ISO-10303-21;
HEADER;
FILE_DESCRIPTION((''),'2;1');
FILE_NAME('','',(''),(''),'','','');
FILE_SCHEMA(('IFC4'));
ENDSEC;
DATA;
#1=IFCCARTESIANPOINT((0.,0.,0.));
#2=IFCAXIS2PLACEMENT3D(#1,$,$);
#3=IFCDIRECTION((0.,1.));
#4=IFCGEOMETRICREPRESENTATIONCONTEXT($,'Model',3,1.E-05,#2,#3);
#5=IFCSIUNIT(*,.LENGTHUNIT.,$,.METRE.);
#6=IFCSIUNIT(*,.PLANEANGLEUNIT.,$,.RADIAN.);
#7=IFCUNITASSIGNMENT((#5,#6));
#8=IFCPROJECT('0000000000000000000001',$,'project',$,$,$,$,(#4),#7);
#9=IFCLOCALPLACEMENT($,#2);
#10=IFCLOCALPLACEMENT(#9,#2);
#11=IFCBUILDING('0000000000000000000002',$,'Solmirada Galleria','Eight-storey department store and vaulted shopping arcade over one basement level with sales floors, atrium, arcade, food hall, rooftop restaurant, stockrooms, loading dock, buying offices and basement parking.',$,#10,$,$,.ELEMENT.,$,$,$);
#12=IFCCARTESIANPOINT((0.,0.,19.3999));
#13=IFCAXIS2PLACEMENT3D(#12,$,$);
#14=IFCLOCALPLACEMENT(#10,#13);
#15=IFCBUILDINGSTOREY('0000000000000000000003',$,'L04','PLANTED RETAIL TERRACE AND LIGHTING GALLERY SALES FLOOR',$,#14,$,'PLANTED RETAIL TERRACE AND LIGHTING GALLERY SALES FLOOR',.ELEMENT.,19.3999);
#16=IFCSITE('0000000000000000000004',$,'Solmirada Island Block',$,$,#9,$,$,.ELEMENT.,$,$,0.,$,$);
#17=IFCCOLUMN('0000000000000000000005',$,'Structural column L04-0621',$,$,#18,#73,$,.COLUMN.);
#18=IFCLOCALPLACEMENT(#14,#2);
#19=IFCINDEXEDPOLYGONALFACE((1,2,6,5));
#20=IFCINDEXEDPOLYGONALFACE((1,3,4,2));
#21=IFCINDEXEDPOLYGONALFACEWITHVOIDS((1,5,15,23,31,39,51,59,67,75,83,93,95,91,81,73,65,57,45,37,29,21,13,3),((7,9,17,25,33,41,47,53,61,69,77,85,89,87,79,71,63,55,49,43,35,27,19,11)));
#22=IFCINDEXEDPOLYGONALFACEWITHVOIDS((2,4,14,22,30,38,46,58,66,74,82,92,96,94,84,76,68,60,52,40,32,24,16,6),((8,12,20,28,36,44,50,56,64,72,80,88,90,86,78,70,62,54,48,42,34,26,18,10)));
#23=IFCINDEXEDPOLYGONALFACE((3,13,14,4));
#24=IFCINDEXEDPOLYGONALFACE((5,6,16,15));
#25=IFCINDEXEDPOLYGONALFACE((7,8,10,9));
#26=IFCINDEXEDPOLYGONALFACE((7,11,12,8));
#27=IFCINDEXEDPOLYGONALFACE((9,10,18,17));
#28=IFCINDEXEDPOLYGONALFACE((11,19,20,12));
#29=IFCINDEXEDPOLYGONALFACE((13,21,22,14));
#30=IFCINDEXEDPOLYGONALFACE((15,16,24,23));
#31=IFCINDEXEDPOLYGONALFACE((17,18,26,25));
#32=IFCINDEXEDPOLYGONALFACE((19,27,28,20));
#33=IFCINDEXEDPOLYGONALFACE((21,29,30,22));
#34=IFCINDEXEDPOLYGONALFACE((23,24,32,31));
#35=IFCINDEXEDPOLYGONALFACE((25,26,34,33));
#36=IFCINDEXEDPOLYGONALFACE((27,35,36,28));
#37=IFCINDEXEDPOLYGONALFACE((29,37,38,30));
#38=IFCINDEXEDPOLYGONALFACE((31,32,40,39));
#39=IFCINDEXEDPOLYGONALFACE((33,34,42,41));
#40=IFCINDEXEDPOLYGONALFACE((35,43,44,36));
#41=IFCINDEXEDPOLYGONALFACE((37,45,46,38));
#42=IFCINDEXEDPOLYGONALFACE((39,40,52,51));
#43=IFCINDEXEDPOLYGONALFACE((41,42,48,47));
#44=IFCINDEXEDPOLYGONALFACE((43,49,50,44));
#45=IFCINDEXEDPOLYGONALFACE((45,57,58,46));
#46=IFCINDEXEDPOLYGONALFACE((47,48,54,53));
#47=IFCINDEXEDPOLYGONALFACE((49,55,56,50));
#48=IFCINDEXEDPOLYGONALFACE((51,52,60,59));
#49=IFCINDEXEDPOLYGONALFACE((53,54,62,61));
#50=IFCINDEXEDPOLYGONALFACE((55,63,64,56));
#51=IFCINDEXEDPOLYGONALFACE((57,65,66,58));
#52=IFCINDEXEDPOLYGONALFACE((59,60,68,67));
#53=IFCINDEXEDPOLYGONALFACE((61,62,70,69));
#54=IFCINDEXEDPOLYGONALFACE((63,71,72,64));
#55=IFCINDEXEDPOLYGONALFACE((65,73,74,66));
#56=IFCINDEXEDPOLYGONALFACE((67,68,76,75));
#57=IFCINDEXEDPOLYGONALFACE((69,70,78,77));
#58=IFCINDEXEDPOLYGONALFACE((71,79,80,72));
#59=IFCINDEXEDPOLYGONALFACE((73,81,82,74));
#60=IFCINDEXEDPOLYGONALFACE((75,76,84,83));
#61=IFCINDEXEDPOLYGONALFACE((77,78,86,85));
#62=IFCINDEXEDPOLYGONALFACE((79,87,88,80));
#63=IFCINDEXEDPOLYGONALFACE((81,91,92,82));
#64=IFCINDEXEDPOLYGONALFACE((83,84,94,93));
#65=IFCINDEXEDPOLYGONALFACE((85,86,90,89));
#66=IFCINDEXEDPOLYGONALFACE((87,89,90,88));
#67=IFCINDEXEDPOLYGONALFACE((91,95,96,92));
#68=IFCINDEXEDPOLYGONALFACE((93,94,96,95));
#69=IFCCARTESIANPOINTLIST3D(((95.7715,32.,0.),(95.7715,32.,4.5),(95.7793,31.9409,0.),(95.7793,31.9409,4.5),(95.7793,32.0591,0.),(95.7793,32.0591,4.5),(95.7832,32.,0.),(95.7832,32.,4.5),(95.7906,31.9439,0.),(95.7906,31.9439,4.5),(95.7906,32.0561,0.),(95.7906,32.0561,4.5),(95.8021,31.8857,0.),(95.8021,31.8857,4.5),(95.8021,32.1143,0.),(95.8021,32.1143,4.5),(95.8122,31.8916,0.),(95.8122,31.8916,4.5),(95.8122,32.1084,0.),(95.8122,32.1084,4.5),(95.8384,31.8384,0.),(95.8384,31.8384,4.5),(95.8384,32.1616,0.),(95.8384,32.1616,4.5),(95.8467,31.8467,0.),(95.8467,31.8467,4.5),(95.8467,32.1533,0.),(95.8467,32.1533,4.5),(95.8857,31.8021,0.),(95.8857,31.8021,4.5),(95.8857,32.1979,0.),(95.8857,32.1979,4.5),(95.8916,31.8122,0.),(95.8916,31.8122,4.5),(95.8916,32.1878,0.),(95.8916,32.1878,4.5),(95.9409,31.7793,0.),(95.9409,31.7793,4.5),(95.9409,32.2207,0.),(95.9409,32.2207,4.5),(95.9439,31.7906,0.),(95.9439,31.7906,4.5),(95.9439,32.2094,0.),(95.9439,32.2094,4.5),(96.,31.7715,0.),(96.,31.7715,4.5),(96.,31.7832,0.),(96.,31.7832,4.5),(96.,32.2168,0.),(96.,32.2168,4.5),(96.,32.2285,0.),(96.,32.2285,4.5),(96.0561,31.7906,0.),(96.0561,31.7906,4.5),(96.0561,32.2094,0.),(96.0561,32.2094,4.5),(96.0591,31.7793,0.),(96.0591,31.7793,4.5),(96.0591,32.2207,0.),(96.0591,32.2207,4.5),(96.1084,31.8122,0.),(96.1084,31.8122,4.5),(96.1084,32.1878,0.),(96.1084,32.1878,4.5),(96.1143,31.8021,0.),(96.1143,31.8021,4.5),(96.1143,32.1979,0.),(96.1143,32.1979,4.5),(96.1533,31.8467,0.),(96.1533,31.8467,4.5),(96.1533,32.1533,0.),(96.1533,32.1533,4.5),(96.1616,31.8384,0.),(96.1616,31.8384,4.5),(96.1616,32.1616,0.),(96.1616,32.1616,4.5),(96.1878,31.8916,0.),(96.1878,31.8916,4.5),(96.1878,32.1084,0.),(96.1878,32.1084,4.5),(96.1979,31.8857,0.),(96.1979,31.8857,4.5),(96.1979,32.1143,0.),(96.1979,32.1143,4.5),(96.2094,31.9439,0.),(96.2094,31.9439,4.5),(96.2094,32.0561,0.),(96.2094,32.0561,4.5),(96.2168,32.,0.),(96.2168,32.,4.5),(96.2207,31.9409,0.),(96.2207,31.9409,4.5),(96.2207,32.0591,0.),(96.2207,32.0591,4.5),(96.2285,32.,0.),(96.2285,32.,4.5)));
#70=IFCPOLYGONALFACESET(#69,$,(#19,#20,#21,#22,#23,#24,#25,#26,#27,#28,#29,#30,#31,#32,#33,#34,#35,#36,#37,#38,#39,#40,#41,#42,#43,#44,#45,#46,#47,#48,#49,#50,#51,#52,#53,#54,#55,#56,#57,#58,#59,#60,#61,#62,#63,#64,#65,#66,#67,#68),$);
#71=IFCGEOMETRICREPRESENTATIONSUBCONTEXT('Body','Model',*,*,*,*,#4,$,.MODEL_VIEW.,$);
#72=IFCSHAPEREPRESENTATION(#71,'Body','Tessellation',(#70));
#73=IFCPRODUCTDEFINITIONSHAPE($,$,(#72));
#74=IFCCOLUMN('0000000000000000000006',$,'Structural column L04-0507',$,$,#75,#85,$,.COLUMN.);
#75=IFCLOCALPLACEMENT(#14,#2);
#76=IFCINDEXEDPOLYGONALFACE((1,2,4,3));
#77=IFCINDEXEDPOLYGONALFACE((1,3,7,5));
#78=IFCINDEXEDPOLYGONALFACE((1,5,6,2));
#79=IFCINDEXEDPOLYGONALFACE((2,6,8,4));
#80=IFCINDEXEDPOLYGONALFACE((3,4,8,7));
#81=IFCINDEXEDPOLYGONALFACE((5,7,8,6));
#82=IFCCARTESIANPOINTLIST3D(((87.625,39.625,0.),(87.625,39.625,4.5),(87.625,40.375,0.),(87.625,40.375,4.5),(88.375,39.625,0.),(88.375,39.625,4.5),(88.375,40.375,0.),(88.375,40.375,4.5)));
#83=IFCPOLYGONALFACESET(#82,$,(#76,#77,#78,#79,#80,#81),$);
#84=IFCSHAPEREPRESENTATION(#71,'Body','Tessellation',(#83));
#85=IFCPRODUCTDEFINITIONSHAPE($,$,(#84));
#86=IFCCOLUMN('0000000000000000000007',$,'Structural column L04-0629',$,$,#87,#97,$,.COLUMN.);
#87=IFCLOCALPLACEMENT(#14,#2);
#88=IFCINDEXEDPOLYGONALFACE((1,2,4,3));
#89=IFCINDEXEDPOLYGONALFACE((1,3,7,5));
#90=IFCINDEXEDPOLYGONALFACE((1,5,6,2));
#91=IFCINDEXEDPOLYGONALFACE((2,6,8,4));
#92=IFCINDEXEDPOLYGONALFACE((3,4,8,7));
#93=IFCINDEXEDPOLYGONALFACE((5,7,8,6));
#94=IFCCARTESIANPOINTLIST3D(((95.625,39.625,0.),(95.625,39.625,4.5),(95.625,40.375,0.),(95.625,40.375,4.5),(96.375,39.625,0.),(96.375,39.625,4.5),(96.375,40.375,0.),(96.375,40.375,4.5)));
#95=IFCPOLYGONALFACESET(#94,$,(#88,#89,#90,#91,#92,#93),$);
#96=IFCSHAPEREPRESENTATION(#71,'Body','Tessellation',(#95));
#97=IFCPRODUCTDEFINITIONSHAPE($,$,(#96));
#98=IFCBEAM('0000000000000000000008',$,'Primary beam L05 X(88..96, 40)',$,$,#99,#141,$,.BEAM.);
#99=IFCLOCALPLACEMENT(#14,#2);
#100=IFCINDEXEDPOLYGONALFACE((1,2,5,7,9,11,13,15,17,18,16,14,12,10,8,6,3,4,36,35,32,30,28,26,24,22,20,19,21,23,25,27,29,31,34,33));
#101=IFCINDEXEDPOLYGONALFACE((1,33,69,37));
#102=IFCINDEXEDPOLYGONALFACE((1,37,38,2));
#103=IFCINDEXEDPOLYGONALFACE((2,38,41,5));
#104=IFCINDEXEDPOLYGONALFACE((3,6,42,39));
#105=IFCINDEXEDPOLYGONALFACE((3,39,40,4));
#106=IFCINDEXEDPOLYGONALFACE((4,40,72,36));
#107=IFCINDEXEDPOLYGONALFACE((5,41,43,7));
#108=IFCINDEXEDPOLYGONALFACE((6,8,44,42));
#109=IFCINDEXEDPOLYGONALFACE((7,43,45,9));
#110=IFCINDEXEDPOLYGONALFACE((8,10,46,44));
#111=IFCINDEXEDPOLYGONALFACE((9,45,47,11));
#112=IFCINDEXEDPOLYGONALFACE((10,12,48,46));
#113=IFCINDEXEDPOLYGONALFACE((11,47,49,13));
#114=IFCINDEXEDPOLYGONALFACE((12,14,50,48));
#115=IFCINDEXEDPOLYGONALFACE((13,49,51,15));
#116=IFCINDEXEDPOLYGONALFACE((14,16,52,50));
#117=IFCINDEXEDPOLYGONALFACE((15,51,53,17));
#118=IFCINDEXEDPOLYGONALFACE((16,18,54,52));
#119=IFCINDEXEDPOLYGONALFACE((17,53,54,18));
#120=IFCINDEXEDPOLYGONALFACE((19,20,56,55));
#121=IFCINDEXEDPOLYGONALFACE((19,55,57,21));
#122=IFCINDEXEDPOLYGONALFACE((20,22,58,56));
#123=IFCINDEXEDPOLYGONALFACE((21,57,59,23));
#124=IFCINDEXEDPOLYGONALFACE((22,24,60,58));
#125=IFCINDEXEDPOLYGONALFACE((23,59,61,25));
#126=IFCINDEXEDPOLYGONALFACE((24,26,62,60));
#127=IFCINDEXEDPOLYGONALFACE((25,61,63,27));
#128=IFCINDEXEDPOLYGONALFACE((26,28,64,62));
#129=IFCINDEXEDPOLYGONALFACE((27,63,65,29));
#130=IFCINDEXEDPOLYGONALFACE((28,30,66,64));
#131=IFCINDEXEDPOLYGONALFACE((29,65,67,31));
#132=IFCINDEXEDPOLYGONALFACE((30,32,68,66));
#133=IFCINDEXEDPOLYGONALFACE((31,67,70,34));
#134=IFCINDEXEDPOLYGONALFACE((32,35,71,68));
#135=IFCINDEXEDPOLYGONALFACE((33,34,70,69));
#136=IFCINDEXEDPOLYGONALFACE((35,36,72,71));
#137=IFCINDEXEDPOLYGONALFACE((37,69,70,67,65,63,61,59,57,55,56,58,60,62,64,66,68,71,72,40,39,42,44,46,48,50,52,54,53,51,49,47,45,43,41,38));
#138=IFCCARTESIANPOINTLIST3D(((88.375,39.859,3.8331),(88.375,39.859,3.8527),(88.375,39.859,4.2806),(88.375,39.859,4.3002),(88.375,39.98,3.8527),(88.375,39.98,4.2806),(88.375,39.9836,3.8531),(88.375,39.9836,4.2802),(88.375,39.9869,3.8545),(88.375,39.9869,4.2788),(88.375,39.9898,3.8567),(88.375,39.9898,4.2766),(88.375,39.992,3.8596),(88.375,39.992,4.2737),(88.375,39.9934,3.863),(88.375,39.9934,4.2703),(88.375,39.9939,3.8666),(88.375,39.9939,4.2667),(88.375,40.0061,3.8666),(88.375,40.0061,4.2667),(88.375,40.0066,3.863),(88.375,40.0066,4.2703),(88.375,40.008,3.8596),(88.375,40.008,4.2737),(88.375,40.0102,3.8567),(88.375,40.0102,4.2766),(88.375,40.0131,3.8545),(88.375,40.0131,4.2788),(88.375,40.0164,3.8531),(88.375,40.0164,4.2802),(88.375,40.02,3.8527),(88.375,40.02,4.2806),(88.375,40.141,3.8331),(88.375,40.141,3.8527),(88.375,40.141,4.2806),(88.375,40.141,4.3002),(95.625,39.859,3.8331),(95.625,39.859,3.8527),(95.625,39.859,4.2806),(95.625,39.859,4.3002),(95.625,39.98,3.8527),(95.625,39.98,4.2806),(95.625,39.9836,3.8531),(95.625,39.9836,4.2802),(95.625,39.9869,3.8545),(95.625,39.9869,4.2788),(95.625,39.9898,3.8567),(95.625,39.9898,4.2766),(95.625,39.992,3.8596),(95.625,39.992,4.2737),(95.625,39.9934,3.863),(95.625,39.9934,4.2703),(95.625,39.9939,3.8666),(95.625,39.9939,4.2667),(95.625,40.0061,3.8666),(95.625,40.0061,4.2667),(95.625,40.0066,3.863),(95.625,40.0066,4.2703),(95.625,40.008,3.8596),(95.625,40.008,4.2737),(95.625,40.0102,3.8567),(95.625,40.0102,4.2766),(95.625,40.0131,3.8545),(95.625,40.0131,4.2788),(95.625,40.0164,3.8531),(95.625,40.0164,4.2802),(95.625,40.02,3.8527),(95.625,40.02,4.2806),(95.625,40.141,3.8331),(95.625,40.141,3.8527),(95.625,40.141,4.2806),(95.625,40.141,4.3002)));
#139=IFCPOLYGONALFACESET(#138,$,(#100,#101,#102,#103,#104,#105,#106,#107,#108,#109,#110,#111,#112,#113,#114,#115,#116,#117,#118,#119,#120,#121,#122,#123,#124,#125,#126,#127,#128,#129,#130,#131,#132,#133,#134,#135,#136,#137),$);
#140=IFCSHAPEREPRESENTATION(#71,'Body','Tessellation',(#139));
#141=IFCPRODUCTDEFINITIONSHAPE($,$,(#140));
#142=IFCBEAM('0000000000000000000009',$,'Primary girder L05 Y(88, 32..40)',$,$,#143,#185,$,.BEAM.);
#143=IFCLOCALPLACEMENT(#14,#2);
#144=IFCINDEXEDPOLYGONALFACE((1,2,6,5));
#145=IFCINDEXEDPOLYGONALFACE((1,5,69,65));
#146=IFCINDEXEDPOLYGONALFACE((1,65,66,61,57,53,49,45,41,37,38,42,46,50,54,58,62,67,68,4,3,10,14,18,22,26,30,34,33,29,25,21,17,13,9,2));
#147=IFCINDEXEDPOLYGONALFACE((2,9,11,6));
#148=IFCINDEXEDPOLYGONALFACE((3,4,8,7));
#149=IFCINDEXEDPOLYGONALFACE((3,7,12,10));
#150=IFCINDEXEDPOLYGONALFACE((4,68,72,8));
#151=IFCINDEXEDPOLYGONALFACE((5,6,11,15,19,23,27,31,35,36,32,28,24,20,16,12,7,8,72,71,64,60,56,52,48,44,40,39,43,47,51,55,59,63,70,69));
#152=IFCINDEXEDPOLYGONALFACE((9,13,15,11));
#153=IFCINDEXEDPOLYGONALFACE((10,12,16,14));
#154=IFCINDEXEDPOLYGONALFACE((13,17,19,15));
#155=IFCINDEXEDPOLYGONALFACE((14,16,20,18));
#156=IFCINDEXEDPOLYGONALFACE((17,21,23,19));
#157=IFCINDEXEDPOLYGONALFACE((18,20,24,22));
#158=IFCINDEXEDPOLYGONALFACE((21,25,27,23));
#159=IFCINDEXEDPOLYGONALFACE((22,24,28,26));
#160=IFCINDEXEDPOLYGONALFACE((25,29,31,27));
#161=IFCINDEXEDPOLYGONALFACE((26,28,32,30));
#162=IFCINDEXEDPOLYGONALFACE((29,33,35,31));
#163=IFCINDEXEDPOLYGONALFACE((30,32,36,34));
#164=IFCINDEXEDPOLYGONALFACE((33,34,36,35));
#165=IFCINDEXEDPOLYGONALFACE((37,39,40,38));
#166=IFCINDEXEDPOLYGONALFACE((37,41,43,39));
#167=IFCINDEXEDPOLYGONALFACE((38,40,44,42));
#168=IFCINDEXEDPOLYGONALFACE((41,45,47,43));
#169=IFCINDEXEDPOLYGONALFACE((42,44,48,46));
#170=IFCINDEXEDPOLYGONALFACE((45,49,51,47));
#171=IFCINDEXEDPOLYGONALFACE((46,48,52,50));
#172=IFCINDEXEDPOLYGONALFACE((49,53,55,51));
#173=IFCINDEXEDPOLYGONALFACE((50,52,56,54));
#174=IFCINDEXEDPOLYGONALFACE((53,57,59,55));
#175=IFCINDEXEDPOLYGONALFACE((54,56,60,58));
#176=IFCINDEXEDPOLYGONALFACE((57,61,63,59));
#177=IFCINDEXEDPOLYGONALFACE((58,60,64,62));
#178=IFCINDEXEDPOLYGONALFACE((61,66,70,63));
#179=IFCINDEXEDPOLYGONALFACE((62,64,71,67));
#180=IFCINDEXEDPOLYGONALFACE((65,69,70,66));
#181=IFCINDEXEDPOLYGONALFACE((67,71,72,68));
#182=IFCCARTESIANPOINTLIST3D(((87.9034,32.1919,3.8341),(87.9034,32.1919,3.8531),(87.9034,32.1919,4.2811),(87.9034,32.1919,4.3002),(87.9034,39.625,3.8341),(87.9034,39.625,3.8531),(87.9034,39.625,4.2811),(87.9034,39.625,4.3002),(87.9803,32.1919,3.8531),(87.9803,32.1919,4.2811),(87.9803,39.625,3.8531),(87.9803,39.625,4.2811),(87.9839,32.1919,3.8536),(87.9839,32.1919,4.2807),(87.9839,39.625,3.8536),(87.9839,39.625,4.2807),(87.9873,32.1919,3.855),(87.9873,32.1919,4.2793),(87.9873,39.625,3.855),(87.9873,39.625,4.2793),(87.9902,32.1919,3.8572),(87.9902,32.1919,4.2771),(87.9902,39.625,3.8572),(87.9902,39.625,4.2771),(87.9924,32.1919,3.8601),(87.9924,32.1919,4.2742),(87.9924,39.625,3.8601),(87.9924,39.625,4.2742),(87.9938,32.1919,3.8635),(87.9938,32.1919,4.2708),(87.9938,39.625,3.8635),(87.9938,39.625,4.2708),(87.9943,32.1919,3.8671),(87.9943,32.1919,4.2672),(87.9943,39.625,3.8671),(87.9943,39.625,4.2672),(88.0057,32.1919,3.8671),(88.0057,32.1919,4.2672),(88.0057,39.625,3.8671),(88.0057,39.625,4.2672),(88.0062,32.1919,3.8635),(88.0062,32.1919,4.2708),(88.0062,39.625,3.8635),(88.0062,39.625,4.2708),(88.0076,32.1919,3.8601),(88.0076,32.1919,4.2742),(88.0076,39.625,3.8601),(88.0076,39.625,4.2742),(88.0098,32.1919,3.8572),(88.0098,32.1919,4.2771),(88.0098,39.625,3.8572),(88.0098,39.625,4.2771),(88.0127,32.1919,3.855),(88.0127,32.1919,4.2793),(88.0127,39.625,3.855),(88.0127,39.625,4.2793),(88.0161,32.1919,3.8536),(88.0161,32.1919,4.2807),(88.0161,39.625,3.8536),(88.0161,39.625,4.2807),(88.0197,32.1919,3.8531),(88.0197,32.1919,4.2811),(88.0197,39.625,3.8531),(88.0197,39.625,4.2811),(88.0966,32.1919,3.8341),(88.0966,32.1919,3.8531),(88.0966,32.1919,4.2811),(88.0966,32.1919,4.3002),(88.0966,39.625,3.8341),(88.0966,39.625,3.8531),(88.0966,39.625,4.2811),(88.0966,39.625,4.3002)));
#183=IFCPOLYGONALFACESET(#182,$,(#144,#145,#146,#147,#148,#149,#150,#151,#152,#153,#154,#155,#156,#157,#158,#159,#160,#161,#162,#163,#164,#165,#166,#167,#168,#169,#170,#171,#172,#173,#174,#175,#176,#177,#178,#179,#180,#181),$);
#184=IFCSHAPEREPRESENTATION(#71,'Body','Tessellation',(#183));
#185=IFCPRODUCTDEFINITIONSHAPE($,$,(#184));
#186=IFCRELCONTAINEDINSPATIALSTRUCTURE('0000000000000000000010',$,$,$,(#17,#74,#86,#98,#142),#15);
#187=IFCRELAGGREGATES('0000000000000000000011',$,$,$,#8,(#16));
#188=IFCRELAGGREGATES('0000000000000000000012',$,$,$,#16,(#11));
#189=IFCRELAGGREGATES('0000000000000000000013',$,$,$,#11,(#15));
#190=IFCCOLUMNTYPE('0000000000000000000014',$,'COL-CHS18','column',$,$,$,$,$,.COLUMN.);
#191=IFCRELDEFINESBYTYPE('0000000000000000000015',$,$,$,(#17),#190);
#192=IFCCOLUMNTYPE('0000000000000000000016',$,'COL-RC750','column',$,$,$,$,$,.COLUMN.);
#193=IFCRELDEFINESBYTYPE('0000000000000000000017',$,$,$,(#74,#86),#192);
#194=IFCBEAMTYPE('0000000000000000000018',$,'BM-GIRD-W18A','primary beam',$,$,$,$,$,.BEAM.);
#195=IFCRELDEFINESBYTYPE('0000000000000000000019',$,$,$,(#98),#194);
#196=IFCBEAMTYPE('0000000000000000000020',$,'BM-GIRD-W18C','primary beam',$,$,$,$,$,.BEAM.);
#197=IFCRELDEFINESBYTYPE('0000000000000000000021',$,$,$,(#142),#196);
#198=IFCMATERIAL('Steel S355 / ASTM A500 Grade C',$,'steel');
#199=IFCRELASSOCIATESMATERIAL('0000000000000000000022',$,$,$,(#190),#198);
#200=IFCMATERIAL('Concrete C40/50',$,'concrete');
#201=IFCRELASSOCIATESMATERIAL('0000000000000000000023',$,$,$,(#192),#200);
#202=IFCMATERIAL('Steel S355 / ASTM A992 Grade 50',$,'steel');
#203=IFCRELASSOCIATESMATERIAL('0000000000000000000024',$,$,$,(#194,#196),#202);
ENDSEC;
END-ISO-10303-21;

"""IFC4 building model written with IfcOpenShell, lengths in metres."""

from ifc_helpers import new_model, si_unit, direction, frame, origin, origin_2d, place, context, subcontext, project, spatial, rectangle, hollow_circle, i_section, extrude, material, material_profile, profile_set, type_object, element, save


model = new_model("IFC4")

# Units and contexts
model_context = context("Model", 3, precision=1e-05, world=origin(), true_north=direction((0.0, 1.0)))
body_context = subcontext(model_context, "Body", "Model", "MODEL_VIEW")
ifc_project = project(units=[si_unit("LENGTHUNIT", "METRE"), si_unit("PLANEANGLEUNIT", "RADIAN")], contexts=[model_context])

# Site, building, storey
site_placement = place(None, origin())
site = spatial("IfcSite", under=ifc_project, at=site_placement, Name="Solmirada Island Block", CompositionType="ELEMENT", RefElevation=0.0)
building_placement = place(site_placement, origin())
building = spatial("IfcBuilding", under=site, at=building_placement, Name="Solmirada Galleria", Description="Eight-storey department store and vaulted shopping arcade over one basement level with sales floors, atrium, arcade, food hall, rooftop restaurant, stockrooms, loading dock, buying offices and basement parking.", CompositionType="ELEMENT")
storey_placement = place(building_placement, frame((0.0, 0.0, 19.3999)))
storey = spatial("IfcBuildingStorey", under=building, at=storey_placement, Name="L04", Description="PLANTED RETAIL TERRACE AND LIGHTING GALLERY SALES FLOOR", LongName="PLANTED RETAIL TERRACE AND LIGHTING GALLERY SALES FLOOR", CompositionType="ELEMENT", Elevation=19.3999)

# Columns
ifc_material_1 = material(Name="Steel S355 / ASTM A500 Grade C", Category="steel")
ifc_material_profile_1 = material_profile(ifc_material_1, hollow_circle(Radius=0.2285, WallThickness=0.0117, at=origin_2d()), Name="HSS18.000X0.500")
ifc_profile_set_1 = profile_set([ifc_material_profile_1], Name="Steel S355 / ASTM A500 Grade C")
column_type_1 = type_object("IfcColumnType", Name="COL-CHS18", Description="column", PredefinedType="COLUMN", material=ifc_profile_set_1)
column_placement = place(storey_placement, frame((96.0, 32.0, 0.0), z_axis=(0.0, 0.0, 1.0), x_axis=(1.0, 0.0, 0.0)))
element("IfcColumn", 1, at=column_placement, inside=storey, type_object=column_type_1, Name="Structural column L04-0621", PredefinedType="COLUMN", context=body_context, shape_type="SweptSolid", body=[
    extrude(hollow_circle(Radius=0.2285, WallThickness=0.0117, at=origin_2d()), origin(), (0.0, 0.0, 1.0), 4.5),
])
ifc_material_2 = material(Name="Concrete C40/50", Category="concrete")
ifc_material_profile_2 = material_profile(ifc_material_2, rectangle(XDim=0.75, YDim=0.75, at=origin_2d()), Name="RC750X750")
ifc_profile_set_2 = profile_set([ifc_material_profile_2], Name="Concrete C40/50")
column_type_2 = type_object("IfcColumnType", Name="COL-RC750", Description="column", PredefinedType="COLUMN", material=ifc_profile_set_2)
for number, where, z_axis, x_axis, name in (
    (2, (88.0, 40.0, 0.0), (0.0, 0.0, 1.0), (1.0, 0.0, 0.0), "Structural column L04-0507"),
    (3, (96.0, 40.0, 0.0), (0.0, 0.0, 1.0), (1.0, 0.0, 0.0), "Structural column L04-0629"),
):
    element("IfcColumn", number, at=place(storey_placement, frame(where, z_axis=z_axis, x_axis=x_axis)), inside=storey, type_object=column_type_2, Name=name, PredefinedType="COLUMN", context=body_context, shape_type="SweptSolid", body=[
        extrude(rectangle(XDim=0.75, YDim=0.75, at=origin_2d()), origin(), (0.0, 0.0, 1.0), 4.5),
    ])

# Beams
ifc_material_3 = material(Name="Steel S355 / ASTM A992 Grade 50", Category="steel")
ifc_material_profile_3 = material_profile(ifc_material_3, i_section(OverallWidth=0.282, OverallDepth=0.467, WebThickness=0.0122, FlangeThickness=0.0195, FilletRadius=0.0139, at=origin_2d()), Name="W18X86")
ifc_profile_set_3 = profile_set([ifc_material_profile_3], Name="Steel S355 / ASTM A992 Grade 50")
beam_type_1 = type_object("IfcBeamType", Name="BM-GIRD-W18A", Description="primary beam", PredefinedType="BEAM", material=ifc_profile_set_3)
beam_1_placement = place(storey_placement, frame((88.375, 40.0, 4.0667), z_axis=(1.0, 0.0, 0.0), x_axis=(0.0, 1.0, 0.0)))
element("IfcBeam", 4, at=beam_1_placement, inside=storey, type_object=beam_type_1, Name="Primary beam L05 X(88..96, 40)", PredefinedType="BEAM", context=body_context, shape_type="SweptSolid", body=[
    extrude(i_section(OverallWidth=0.282, OverallDepth=0.467, WebThickness=0.0122, FlangeThickness=0.0195, FilletRadius=0.0139, at=origin_2d()), origin(), (0.0, 0.0, 1.0), 7.25),
])
ifc_material_profile_4 = material_profile(ifc_material_3, i_section(OverallWidth=0.1931, OverallDepth=0.4661, WebThickness=0.0115, FlangeThickness=0.019, FilletRadius=0.0139, at=origin_2d()), Name="W18X65")
ifc_profile_set_4 = profile_set([ifc_material_profile_4], Name="Steel S355 / ASTM A992 Grade 50")
beam_type_2 = type_object("IfcBeamType", Name="BM-GIRD-W18C", Description="primary beam", PredefinedType="BEAM", material=ifc_profile_set_4)
beam_2_placement = place(storey_placement, frame((88.0, 32.1919, 4.0671), z_axis=(0.0, 1.0, 0.0), x_axis=(-1.0, 0.0, 0.0)))
element("IfcBeam", 5, at=beam_2_placement, inside=storey, type_object=beam_type_2, Name="Primary girder L05 Y(88, 32..40)", PredefinedType="BEAM", context=body_context, shape_type="SweptSolid", body=[
    extrude(i_section(OverallWidth=0.1931, OverallDepth=0.4661, WebThickness=0.0115, FlangeThickness=0.019, FilletRadius=0.0139, at=origin_2d()), origin(), (0.0, 0.0, 1.0), 7.4331),
])

save(model, "model.ifc")
